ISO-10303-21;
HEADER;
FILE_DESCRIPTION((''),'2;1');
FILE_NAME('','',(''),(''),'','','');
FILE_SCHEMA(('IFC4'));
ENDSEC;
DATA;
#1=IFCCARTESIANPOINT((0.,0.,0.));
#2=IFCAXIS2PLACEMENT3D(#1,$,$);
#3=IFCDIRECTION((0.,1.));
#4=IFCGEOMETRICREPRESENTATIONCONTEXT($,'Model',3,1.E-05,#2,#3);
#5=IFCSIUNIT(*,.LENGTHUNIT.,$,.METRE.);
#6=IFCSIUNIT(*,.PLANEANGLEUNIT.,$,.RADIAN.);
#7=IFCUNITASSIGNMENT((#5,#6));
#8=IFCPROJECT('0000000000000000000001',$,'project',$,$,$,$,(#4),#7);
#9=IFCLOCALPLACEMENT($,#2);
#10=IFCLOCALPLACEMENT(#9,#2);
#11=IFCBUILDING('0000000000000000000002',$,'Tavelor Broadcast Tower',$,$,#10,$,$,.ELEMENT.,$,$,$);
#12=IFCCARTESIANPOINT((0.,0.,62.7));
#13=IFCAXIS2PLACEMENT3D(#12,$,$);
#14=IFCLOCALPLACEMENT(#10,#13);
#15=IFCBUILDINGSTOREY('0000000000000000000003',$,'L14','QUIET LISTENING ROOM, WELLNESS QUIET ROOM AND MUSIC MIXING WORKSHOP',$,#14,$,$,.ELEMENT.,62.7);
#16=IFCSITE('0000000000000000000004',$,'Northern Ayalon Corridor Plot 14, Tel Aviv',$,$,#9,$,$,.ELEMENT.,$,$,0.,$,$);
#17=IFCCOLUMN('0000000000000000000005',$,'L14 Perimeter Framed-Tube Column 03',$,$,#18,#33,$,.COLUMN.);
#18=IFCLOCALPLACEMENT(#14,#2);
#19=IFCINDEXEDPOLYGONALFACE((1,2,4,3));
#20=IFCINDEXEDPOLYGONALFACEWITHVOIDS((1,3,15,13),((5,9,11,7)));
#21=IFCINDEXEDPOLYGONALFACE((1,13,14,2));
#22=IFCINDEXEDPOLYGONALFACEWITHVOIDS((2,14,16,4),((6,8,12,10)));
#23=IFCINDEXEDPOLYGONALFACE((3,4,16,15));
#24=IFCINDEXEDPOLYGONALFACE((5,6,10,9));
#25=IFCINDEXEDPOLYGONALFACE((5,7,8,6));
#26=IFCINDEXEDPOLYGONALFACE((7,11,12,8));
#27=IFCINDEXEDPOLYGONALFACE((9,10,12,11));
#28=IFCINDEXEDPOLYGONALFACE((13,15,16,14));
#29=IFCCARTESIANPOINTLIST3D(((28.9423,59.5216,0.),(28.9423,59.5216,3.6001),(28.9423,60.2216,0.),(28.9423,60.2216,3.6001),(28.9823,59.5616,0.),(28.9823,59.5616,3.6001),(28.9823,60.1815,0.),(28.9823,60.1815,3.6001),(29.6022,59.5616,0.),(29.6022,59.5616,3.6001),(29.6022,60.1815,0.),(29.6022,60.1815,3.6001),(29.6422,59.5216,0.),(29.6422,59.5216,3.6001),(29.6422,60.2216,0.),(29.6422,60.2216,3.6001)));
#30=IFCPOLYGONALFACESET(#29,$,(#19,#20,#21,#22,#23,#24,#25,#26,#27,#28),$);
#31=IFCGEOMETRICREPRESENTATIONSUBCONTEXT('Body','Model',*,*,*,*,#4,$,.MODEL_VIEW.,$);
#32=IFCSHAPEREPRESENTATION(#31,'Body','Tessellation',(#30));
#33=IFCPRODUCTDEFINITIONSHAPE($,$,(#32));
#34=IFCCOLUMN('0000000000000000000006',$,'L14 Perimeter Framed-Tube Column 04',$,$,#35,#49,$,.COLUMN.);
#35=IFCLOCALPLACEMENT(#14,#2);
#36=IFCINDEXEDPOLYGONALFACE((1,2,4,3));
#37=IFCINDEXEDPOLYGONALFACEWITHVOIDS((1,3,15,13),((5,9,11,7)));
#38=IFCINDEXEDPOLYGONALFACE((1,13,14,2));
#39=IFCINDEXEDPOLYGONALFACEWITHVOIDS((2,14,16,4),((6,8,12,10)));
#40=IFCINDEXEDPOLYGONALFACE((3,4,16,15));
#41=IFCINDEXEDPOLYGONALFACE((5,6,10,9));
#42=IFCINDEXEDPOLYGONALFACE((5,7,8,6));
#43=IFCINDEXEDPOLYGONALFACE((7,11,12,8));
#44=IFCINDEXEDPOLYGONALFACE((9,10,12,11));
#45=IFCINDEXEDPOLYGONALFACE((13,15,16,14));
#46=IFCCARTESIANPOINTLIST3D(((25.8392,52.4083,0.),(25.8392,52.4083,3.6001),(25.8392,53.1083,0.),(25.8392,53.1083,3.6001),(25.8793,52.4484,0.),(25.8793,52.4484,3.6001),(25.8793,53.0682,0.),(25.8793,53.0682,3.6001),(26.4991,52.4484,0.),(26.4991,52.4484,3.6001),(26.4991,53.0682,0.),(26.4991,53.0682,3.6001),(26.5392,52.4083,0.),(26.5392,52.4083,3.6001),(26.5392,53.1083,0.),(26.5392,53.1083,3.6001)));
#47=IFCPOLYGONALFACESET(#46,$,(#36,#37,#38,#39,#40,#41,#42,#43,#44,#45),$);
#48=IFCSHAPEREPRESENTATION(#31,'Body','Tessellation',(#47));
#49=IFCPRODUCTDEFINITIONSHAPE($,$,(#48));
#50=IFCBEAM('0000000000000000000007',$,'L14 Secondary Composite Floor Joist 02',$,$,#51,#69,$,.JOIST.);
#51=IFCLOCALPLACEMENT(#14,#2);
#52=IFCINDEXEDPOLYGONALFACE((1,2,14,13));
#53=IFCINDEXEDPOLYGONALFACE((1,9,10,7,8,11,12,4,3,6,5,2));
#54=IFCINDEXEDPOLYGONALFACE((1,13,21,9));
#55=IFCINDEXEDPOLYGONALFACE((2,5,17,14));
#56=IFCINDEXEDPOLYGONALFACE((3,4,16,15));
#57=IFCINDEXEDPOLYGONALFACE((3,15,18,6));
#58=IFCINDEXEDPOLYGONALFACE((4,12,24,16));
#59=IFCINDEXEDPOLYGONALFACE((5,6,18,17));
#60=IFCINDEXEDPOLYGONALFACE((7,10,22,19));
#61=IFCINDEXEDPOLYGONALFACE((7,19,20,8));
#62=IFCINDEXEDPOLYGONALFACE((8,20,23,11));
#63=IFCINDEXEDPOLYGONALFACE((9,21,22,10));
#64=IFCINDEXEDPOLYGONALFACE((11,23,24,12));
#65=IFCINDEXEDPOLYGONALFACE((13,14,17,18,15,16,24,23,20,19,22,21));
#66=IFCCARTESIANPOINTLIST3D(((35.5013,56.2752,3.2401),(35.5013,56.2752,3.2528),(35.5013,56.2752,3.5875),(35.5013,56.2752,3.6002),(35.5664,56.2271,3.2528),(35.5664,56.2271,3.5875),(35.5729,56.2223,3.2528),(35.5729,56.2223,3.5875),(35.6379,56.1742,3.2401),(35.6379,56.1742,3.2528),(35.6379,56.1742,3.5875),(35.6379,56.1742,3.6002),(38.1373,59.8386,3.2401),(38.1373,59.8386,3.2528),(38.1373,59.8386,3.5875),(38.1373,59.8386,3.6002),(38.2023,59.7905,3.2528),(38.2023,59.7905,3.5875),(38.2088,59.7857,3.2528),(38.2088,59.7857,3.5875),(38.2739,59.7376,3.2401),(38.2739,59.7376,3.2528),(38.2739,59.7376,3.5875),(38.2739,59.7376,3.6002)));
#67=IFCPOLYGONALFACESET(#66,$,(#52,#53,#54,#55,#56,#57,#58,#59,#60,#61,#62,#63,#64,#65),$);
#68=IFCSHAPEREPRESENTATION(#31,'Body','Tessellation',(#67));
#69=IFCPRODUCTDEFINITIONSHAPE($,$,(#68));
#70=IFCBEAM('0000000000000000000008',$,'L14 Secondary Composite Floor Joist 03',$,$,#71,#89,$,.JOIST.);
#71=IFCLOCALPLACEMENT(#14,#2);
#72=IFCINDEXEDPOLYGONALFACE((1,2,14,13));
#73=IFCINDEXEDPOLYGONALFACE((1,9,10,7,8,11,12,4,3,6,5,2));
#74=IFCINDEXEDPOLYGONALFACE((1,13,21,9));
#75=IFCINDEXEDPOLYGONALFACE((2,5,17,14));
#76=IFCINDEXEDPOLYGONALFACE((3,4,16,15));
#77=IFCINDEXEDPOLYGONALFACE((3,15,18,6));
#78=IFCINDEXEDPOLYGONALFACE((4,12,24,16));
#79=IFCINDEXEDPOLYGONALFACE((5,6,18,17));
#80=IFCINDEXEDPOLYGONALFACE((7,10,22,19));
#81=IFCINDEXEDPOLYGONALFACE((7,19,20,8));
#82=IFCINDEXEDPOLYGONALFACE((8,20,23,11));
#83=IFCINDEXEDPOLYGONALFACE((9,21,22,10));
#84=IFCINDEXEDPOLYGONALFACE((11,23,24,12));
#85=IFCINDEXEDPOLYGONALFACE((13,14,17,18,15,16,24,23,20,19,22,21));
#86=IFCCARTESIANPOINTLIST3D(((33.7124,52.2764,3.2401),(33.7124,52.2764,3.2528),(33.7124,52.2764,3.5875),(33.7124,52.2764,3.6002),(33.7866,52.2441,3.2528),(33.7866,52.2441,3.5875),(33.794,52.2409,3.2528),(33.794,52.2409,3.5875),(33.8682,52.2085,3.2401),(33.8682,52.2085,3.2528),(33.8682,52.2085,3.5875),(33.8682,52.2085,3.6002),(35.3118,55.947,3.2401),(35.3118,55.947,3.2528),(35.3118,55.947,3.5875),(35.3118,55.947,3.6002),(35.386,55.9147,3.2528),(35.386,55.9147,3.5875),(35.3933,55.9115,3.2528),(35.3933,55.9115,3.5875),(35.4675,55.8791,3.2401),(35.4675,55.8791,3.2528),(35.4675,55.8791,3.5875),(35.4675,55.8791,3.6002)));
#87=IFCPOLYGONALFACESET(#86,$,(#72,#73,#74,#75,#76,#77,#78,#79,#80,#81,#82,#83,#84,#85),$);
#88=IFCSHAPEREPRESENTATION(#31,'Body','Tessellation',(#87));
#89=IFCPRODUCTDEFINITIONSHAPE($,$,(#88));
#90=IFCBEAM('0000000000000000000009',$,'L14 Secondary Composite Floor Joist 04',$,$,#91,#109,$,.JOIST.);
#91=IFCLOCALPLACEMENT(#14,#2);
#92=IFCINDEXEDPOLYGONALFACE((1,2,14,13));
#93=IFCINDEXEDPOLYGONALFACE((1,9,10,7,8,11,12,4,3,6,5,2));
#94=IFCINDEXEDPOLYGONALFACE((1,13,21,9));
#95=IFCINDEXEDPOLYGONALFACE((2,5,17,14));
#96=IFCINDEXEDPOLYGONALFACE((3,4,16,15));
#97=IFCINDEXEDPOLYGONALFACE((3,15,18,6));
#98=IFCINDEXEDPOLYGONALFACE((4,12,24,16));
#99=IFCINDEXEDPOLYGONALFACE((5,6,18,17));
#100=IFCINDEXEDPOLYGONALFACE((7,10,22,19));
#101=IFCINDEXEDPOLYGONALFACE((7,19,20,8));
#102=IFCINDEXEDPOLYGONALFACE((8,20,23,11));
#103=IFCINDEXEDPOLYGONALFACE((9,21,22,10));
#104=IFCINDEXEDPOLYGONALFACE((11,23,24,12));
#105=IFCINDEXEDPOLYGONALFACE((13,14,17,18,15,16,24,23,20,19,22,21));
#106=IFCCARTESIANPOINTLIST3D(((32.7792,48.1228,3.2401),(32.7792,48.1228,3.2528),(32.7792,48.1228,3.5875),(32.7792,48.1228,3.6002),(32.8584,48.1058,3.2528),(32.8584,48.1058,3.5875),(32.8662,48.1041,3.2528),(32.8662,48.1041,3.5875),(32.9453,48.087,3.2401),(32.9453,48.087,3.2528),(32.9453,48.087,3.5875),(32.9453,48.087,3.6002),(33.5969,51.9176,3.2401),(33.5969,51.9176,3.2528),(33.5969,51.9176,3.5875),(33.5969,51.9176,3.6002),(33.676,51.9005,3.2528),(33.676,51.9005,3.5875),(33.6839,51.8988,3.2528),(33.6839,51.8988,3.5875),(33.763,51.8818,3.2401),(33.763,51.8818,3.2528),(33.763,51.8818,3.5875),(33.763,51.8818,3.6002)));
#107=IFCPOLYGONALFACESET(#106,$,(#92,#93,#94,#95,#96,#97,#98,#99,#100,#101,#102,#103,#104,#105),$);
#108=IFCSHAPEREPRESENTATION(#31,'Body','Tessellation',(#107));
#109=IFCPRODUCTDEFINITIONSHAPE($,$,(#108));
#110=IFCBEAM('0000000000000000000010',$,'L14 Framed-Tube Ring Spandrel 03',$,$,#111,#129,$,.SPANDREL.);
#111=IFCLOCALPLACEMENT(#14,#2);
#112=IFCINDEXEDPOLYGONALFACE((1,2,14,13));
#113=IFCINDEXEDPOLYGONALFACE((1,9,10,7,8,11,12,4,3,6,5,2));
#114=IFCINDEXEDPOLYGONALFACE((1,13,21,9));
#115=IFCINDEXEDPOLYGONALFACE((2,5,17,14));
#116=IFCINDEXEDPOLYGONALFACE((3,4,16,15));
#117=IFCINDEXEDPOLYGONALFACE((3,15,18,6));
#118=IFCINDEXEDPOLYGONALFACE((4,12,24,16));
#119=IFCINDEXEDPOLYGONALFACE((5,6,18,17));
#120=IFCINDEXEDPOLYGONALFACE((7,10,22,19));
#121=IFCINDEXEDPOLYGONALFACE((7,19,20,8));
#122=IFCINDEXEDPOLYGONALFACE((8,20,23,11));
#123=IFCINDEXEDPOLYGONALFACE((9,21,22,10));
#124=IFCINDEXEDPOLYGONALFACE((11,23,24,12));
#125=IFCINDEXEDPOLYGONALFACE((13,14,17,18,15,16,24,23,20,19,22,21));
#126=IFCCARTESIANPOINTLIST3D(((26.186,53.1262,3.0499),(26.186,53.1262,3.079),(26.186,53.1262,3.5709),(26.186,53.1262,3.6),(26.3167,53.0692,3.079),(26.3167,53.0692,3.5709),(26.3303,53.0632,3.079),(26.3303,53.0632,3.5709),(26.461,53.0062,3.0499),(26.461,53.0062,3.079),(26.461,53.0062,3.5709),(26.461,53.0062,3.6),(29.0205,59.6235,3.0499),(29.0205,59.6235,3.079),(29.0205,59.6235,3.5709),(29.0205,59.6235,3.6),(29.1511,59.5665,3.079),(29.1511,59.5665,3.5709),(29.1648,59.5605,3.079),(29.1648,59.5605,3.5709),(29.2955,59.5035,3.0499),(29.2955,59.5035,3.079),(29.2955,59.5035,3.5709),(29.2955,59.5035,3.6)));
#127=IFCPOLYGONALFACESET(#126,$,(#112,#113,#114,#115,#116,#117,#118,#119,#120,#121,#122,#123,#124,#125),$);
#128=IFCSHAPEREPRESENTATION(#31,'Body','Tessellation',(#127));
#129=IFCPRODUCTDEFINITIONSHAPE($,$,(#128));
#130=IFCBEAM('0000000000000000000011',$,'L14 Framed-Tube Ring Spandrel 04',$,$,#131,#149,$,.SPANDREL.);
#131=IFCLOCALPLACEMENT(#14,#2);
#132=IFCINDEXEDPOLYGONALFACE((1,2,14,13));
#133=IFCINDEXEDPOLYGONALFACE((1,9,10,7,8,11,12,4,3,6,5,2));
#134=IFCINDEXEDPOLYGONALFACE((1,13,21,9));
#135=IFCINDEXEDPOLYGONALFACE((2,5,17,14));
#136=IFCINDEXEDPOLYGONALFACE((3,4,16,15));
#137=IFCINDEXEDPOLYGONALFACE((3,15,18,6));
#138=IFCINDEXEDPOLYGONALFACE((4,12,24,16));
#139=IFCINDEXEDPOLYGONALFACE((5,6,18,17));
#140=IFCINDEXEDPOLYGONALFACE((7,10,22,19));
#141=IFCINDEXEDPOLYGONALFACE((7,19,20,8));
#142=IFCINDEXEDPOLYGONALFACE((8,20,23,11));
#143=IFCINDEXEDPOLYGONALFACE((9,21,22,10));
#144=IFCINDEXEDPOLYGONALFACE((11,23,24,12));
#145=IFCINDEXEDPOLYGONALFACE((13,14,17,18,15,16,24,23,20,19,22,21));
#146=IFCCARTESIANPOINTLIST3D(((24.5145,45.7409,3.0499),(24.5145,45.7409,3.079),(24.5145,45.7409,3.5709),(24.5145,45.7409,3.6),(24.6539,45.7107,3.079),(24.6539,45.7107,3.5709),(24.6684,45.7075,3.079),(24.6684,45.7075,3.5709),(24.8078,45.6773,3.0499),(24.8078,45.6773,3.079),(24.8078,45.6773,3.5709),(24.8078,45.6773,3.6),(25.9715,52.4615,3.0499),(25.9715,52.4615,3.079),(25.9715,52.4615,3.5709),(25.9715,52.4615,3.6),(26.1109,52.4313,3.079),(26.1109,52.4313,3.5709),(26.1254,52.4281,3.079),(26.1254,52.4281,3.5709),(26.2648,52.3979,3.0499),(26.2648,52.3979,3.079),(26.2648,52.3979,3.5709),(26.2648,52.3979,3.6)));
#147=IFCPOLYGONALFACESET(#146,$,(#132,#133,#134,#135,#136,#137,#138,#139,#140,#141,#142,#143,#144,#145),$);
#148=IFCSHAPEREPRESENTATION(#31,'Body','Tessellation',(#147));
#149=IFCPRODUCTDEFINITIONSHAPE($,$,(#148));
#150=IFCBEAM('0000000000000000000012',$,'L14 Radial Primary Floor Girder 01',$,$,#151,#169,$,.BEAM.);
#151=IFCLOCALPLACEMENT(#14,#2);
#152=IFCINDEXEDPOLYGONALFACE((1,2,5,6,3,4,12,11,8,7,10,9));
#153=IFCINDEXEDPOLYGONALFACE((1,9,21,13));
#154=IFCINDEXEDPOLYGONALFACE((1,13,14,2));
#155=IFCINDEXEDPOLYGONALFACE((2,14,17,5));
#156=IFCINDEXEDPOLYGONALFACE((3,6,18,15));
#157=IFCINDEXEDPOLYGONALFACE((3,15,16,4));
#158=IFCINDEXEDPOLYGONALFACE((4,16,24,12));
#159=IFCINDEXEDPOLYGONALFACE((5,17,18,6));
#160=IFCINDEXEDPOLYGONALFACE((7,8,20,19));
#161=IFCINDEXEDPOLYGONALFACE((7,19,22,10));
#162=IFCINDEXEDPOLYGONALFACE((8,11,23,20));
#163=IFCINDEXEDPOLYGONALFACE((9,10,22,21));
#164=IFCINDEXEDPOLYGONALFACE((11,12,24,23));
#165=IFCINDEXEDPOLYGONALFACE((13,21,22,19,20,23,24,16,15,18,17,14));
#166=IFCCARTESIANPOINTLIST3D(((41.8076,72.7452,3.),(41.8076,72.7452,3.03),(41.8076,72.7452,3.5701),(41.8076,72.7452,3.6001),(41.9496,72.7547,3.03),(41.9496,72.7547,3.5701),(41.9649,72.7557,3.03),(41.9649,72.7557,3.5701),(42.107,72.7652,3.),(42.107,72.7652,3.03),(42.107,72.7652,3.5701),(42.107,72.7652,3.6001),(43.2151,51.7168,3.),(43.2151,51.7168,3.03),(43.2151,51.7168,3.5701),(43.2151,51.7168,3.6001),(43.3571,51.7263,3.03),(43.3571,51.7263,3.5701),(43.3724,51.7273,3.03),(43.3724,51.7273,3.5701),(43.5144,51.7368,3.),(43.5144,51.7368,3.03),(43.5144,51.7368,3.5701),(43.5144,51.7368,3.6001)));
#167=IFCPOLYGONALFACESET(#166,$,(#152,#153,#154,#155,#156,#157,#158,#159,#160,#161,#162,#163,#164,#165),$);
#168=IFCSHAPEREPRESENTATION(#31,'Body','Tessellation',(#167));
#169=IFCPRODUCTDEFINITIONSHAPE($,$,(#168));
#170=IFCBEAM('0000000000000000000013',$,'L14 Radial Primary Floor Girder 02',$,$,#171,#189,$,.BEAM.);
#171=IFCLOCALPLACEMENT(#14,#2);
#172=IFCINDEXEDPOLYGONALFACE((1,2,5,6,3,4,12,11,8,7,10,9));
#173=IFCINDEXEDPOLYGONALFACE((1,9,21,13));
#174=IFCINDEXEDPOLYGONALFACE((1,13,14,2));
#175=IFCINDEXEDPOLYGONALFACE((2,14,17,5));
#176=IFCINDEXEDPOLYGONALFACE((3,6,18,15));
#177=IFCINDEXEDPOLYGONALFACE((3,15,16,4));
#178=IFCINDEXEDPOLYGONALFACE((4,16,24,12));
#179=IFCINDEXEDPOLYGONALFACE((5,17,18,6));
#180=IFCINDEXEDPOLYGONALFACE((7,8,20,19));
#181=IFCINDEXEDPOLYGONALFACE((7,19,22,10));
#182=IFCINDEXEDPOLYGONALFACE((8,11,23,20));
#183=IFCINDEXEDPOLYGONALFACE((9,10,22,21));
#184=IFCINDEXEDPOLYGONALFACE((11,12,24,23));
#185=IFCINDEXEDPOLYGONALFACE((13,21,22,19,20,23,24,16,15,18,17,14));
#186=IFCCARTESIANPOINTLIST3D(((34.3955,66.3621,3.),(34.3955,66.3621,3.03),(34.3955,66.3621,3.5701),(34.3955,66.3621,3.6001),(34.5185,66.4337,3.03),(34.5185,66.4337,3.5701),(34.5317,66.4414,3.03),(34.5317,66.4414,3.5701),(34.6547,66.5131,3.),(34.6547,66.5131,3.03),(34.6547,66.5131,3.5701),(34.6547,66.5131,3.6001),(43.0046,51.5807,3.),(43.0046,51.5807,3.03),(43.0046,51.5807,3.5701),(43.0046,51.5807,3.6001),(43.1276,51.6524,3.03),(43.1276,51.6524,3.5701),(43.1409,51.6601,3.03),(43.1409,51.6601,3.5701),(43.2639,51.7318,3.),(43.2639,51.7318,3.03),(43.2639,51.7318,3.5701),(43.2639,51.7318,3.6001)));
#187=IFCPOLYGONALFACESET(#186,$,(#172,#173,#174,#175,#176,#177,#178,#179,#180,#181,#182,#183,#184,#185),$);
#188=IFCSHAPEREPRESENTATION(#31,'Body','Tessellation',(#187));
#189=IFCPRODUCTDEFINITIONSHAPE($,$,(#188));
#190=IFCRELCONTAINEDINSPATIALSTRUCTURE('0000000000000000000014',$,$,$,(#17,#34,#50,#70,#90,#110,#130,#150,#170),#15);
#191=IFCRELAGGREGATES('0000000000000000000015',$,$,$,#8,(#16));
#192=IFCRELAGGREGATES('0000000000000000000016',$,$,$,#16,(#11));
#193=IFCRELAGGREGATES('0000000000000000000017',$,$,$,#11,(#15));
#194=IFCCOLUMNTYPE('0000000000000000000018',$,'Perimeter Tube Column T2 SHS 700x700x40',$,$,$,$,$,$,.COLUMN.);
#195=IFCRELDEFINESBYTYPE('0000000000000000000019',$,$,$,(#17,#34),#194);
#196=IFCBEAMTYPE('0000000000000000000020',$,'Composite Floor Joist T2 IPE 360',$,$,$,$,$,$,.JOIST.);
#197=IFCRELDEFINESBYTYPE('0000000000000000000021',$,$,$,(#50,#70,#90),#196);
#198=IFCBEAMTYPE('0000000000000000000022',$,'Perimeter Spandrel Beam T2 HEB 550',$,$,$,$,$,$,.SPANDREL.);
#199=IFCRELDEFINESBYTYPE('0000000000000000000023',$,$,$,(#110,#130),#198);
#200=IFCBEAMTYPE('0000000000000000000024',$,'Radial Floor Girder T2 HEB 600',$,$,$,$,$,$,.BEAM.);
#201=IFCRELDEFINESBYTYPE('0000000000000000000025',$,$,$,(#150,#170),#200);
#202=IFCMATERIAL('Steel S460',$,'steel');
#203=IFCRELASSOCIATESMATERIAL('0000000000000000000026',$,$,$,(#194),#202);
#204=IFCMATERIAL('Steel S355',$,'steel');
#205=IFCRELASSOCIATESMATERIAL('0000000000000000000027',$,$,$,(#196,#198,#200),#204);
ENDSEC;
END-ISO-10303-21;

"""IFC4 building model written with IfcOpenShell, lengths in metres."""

from ifc_helpers import new_model, si_unit, direction, frame, origin, origin_2d, place, context, subcontext, project, spatial, hollow_rectangle, i_section, extrude, material, material_profile, profile_set, type_object, element, save


model = new_model("IFC4")

# Units and contexts
model_context = context("Model", 3, precision=1e-05, world=origin(), true_north=direction((0.0, 1.0)))
body_context = subcontext(model_context, "Body", "Model", "MODEL_VIEW")
ifc_project = project(units=[si_unit("LENGTHUNIT", "METRE"), si_unit("PLANEANGLEUNIT", "RADIAN")], contexts=[model_context])

# Site, building, storey
site_placement = place(None, origin())
site = spatial("IfcSite", under=ifc_project, at=site_placement, Name="Northern Ayalon Corridor Plot 14, Tel Aviv", CompositionType="ELEMENT", RefElevation=0.0)
building_placement = place(site_placement, origin())
building = spatial("IfcBuilding", under=site, at=building_placement, Name="Tavelor Broadcast Tower", CompositionType="ELEMENT")
storey_placement = place(building_placement, frame((0.0, 0.0, 62.7)))
storey = spatial("IfcBuildingStorey", under=building, at=storey_placement, Name="L14", Description="QUIET LISTENING ROOM, WELLNESS QUIET ROOM AND MUSIC MIXING WORKSHOP", CompositionType="ELEMENT", Elevation=62.7)

# Columns
ifc_material_1 = material(Name="Steel S460", Category="steel")
ifc_material_profile_1 = material_profile(ifc_material_1, hollow_rectangle(XDim=0.7, YDim=0.7, WallThickness=0.04, at=origin_2d()), Name="SHS 700x700x40")
ifc_profile_set_1 = profile_set([ifc_material_profile_1], Name="Steel S460")
column_type = type_object("IfcColumnType", Name="Perimeter Tube Column T2 SHS 700x700x40", PredefinedType="COLUMN", material=ifc_profile_set_1)
for number, where, z_axis, x_axis, name in (
    (1, (29.2922, 59.8716, 0.0), (0.0, 0.0, 1.0), (1.0, 0.0, 0.0), "L14 Perimeter Framed-Tube Column 03"),
    (2, (26.1892, 52.7583, 0.0), (0.0, 0.0, 1.0), (1.0, 0.0, 0.0), "L14 Perimeter Framed-Tube Column 04"),
):
    element("IfcColumn", number, at=place(storey_placement, frame(where, z_axis=z_axis, x_axis=x_axis)), inside=storey, type_object=column_type, Name=name, PredefinedType="COLUMN", context=body_context, shape_type="SweptSolid", body=[
        extrude(hollow_rectangle(XDim=0.7, YDim=0.7, WallThickness=0.04, at=origin_2d()), origin(), (0.0, 0.0, 1.0), 3.6001),
    ])

# Beams
ifc_material_2 = material(Name="Steel S355", Category="steel")
ifc_material_profile_2 = material_profile(ifc_material_2, i_section(OverallWidth=0.1699, OverallDepth=0.3601, WebThickness=0.0081, FlangeThickness=0.0127, at=origin_2d()), Name="IPE 360")
ifc_profile_set_2 = profile_set([ifc_material_profile_2], Name="Steel S355")
beam_type_1 = type_object("IfcBeamType", Name="Composite Floor Joist T2 IPE 360", PredefinedType="JOIST", material=ifc_profile_set_2)
beam_1_placement = place(storey_placement, frame((38.2056, 59.7881, 3.4202), z_axis=(-0.594699, -0.803948, 0.0), x_axis=(0.803948, -0.594699, 0.0)))
element("IfcBeam", 3, at=beam_1_placement, inside=storey, type_object=beam_type_1, Name="L14 Secondary Composite Floor Joist 02", PredefinedType="JOIST", context=body_context, shape_type="SweptSolid", body=[
    extrude(i_section(OverallWidth=0.1699, OverallDepth=0.3601, WebThickness=0.0081, FlangeThickness=0.0127, at=origin_2d()), origin(), (0.0, 0.0, 1.0), 4.4324),
])
beam_2_placement = place(storey_placement, frame((35.3896, 55.9131, 3.4202), z_axis=(-0.399446, -0.916757, 0.0), x_axis=(0.916757, -0.399446, 0.0)))
element("IfcBeam", 4, at=beam_2_placement, inside=storey, type_object=beam_type_1, Name="L14 Secondary Composite Floor Joist 03", PredefinedType="JOIST", context=body_context, shape_type="SweptSolid", body=[
    extrude(i_section(OverallWidth=0.1699, OverallDepth=0.3601, WebThickness=0.0081, FlangeThickness=0.0127, at=origin_2d()), origin(), (0.0, 0.0, 1.0), 4.0039),
])
beam_3_placement = place(storey_placement, frame((33.6799, 51.8997, 3.4202), z_axis=(-0.210633, -0.977565, 0.0), x_axis=(0.977565, -0.210633, 0.0)))
element("IfcBeam", 5, at=beam_3_placement, inside=storey, type_object=beam_type_1, Name="L14 Secondary Composite Floor Joist 04", PredefinedType="JOIST", context=body_context, shape_type="SweptSolid", body=[
    extrude(i_section(OverallWidth=0.1699, OverallDepth=0.3601, WebThickness=0.0081, FlangeThickness=0.0127, at=origin_2d()), origin(), (0.0, 0.0, 1.0), 3.8818),
])
ifc_material_profile_3 = material_profile(ifc_material_2, i_section(OverallWidth=0.3, OverallDepth=0.55, WebThickness=0.0149, FlangeThickness=0.0291, at=origin_2d()), Name="HEB 550")
ifc_profile_set_3 = profile_set([ifc_material_profile_3], Name="Steel S355")
beam_type_2 = type_object("IfcBeamType", Name="Perimeter Spandrel Beam T2 HEB 550", PredefinedType="SPANDREL", material=ifc_profile_set_3)
beam_4_placement = place(storey_placement, frame((29.158, 59.5635, 3.325), z_axis=(-0.399859, -0.916577, 0.0), x_axis=(0.916577, -0.399859, 0.0)))
element("IfcBeam", 6, at=beam_4_placement, inside=storey, type_object=beam_type_2, Name="L14 Framed-Tube Ring Spandrel 03", PredefinedType="SPANDREL", context=body_context, shape_type="SweptSolid", body=[
    extrude(i_section(OverallWidth=0.3, OverallDepth=0.55, WebThickness=0.0149, FlangeThickness=0.0291, at=origin_2d()), origin(), (0.0, 0.0, 1.0), 7.0886),
])
beam_5_placement = place(storey_placement, frame((26.1182, 52.4297, 3.325), z_axis=(-0.211875, -0.977297, 0.0), x_axis=(0.977297, -0.211875, 0.0)))
element("IfcBeam", 7, at=beam_5_placement, inside=storey, type_object=beam_type_2, Name="L14 Framed-Tube Ring Spandrel 04", PredefinedType="SPANDREL", context=body_context, shape_type="SweptSolid", body=[
    extrude(i_section(OverallWidth=0.3, OverallDepth=0.55, WebThickness=0.0149, FlangeThickness=0.0291, at=origin_2d()), origin(), (0.0, 0.0, 1.0), 6.8767),
])
ifc_material_profile_4 = material_profile(ifc_material_2, i_section(OverallWidth=0.3, OverallDepth=0.6001, WebThickness=0.0154, FlangeThickness=0.03, at=origin_2d()), Name="HEB 600")
ifc_profile_set_4 = profile_set([ifc_material_profile_4], Name="Steel S355")
beam_type_3 = type_object("IfcBeamType", Name="Radial Floor Girder T2 HEB 600", PredefinedType="BEAM", material=ifc_profile_set_4)
beam_6_placement = place(storey_placement, frame((43.3647, 51.7268, 3.3), z_axis=(-0.066783, 0.997768, 0.0), x_axis=(-0.997768, -0.066783, 0.0)))
element("IfcBeam", 8, at=beam_6_placement, inside=storey, type_object=beam_type_3, Name="L14 Radial Primary Floor Girder 01", PredefinedType="BEAM", context=body_context, shape_type="SweptSolid", body=[
    extrude(i_section(OverallWidth=0.3, OverallDepth=0.6001, WebThickness=0.0154, FlangeThickness=0.03, at=origin_2d()), origin(), (0.0, 0.0, 1.0), 21.0754),
])
beam_7_placement = place(storey_placement, frame((43.1343, 51.6562, 3.3), z_axis=(-0.503292, 0.864116, 0.0), x_axis=(-0.864116, -0.503292, 0.0)))
element("IfcBeam", 9, at=beam_7_placement, inside=storey, type_object=beam_type_3, Name="L14 Radial Primary Floor Girder 02", PredefinedType="BEAM", context=body_context, shape_type="SweptSolid", body=[
    extrude(i_section(OverallWidth=0.3, OverallDepth=0.6001, WebThickness=0.0154, FlangeThickness=0.03, at=origin_2d()), origin(), (0.0, 0.0, 1.0), 17.1057),
])

save(model, "model.ifc")
